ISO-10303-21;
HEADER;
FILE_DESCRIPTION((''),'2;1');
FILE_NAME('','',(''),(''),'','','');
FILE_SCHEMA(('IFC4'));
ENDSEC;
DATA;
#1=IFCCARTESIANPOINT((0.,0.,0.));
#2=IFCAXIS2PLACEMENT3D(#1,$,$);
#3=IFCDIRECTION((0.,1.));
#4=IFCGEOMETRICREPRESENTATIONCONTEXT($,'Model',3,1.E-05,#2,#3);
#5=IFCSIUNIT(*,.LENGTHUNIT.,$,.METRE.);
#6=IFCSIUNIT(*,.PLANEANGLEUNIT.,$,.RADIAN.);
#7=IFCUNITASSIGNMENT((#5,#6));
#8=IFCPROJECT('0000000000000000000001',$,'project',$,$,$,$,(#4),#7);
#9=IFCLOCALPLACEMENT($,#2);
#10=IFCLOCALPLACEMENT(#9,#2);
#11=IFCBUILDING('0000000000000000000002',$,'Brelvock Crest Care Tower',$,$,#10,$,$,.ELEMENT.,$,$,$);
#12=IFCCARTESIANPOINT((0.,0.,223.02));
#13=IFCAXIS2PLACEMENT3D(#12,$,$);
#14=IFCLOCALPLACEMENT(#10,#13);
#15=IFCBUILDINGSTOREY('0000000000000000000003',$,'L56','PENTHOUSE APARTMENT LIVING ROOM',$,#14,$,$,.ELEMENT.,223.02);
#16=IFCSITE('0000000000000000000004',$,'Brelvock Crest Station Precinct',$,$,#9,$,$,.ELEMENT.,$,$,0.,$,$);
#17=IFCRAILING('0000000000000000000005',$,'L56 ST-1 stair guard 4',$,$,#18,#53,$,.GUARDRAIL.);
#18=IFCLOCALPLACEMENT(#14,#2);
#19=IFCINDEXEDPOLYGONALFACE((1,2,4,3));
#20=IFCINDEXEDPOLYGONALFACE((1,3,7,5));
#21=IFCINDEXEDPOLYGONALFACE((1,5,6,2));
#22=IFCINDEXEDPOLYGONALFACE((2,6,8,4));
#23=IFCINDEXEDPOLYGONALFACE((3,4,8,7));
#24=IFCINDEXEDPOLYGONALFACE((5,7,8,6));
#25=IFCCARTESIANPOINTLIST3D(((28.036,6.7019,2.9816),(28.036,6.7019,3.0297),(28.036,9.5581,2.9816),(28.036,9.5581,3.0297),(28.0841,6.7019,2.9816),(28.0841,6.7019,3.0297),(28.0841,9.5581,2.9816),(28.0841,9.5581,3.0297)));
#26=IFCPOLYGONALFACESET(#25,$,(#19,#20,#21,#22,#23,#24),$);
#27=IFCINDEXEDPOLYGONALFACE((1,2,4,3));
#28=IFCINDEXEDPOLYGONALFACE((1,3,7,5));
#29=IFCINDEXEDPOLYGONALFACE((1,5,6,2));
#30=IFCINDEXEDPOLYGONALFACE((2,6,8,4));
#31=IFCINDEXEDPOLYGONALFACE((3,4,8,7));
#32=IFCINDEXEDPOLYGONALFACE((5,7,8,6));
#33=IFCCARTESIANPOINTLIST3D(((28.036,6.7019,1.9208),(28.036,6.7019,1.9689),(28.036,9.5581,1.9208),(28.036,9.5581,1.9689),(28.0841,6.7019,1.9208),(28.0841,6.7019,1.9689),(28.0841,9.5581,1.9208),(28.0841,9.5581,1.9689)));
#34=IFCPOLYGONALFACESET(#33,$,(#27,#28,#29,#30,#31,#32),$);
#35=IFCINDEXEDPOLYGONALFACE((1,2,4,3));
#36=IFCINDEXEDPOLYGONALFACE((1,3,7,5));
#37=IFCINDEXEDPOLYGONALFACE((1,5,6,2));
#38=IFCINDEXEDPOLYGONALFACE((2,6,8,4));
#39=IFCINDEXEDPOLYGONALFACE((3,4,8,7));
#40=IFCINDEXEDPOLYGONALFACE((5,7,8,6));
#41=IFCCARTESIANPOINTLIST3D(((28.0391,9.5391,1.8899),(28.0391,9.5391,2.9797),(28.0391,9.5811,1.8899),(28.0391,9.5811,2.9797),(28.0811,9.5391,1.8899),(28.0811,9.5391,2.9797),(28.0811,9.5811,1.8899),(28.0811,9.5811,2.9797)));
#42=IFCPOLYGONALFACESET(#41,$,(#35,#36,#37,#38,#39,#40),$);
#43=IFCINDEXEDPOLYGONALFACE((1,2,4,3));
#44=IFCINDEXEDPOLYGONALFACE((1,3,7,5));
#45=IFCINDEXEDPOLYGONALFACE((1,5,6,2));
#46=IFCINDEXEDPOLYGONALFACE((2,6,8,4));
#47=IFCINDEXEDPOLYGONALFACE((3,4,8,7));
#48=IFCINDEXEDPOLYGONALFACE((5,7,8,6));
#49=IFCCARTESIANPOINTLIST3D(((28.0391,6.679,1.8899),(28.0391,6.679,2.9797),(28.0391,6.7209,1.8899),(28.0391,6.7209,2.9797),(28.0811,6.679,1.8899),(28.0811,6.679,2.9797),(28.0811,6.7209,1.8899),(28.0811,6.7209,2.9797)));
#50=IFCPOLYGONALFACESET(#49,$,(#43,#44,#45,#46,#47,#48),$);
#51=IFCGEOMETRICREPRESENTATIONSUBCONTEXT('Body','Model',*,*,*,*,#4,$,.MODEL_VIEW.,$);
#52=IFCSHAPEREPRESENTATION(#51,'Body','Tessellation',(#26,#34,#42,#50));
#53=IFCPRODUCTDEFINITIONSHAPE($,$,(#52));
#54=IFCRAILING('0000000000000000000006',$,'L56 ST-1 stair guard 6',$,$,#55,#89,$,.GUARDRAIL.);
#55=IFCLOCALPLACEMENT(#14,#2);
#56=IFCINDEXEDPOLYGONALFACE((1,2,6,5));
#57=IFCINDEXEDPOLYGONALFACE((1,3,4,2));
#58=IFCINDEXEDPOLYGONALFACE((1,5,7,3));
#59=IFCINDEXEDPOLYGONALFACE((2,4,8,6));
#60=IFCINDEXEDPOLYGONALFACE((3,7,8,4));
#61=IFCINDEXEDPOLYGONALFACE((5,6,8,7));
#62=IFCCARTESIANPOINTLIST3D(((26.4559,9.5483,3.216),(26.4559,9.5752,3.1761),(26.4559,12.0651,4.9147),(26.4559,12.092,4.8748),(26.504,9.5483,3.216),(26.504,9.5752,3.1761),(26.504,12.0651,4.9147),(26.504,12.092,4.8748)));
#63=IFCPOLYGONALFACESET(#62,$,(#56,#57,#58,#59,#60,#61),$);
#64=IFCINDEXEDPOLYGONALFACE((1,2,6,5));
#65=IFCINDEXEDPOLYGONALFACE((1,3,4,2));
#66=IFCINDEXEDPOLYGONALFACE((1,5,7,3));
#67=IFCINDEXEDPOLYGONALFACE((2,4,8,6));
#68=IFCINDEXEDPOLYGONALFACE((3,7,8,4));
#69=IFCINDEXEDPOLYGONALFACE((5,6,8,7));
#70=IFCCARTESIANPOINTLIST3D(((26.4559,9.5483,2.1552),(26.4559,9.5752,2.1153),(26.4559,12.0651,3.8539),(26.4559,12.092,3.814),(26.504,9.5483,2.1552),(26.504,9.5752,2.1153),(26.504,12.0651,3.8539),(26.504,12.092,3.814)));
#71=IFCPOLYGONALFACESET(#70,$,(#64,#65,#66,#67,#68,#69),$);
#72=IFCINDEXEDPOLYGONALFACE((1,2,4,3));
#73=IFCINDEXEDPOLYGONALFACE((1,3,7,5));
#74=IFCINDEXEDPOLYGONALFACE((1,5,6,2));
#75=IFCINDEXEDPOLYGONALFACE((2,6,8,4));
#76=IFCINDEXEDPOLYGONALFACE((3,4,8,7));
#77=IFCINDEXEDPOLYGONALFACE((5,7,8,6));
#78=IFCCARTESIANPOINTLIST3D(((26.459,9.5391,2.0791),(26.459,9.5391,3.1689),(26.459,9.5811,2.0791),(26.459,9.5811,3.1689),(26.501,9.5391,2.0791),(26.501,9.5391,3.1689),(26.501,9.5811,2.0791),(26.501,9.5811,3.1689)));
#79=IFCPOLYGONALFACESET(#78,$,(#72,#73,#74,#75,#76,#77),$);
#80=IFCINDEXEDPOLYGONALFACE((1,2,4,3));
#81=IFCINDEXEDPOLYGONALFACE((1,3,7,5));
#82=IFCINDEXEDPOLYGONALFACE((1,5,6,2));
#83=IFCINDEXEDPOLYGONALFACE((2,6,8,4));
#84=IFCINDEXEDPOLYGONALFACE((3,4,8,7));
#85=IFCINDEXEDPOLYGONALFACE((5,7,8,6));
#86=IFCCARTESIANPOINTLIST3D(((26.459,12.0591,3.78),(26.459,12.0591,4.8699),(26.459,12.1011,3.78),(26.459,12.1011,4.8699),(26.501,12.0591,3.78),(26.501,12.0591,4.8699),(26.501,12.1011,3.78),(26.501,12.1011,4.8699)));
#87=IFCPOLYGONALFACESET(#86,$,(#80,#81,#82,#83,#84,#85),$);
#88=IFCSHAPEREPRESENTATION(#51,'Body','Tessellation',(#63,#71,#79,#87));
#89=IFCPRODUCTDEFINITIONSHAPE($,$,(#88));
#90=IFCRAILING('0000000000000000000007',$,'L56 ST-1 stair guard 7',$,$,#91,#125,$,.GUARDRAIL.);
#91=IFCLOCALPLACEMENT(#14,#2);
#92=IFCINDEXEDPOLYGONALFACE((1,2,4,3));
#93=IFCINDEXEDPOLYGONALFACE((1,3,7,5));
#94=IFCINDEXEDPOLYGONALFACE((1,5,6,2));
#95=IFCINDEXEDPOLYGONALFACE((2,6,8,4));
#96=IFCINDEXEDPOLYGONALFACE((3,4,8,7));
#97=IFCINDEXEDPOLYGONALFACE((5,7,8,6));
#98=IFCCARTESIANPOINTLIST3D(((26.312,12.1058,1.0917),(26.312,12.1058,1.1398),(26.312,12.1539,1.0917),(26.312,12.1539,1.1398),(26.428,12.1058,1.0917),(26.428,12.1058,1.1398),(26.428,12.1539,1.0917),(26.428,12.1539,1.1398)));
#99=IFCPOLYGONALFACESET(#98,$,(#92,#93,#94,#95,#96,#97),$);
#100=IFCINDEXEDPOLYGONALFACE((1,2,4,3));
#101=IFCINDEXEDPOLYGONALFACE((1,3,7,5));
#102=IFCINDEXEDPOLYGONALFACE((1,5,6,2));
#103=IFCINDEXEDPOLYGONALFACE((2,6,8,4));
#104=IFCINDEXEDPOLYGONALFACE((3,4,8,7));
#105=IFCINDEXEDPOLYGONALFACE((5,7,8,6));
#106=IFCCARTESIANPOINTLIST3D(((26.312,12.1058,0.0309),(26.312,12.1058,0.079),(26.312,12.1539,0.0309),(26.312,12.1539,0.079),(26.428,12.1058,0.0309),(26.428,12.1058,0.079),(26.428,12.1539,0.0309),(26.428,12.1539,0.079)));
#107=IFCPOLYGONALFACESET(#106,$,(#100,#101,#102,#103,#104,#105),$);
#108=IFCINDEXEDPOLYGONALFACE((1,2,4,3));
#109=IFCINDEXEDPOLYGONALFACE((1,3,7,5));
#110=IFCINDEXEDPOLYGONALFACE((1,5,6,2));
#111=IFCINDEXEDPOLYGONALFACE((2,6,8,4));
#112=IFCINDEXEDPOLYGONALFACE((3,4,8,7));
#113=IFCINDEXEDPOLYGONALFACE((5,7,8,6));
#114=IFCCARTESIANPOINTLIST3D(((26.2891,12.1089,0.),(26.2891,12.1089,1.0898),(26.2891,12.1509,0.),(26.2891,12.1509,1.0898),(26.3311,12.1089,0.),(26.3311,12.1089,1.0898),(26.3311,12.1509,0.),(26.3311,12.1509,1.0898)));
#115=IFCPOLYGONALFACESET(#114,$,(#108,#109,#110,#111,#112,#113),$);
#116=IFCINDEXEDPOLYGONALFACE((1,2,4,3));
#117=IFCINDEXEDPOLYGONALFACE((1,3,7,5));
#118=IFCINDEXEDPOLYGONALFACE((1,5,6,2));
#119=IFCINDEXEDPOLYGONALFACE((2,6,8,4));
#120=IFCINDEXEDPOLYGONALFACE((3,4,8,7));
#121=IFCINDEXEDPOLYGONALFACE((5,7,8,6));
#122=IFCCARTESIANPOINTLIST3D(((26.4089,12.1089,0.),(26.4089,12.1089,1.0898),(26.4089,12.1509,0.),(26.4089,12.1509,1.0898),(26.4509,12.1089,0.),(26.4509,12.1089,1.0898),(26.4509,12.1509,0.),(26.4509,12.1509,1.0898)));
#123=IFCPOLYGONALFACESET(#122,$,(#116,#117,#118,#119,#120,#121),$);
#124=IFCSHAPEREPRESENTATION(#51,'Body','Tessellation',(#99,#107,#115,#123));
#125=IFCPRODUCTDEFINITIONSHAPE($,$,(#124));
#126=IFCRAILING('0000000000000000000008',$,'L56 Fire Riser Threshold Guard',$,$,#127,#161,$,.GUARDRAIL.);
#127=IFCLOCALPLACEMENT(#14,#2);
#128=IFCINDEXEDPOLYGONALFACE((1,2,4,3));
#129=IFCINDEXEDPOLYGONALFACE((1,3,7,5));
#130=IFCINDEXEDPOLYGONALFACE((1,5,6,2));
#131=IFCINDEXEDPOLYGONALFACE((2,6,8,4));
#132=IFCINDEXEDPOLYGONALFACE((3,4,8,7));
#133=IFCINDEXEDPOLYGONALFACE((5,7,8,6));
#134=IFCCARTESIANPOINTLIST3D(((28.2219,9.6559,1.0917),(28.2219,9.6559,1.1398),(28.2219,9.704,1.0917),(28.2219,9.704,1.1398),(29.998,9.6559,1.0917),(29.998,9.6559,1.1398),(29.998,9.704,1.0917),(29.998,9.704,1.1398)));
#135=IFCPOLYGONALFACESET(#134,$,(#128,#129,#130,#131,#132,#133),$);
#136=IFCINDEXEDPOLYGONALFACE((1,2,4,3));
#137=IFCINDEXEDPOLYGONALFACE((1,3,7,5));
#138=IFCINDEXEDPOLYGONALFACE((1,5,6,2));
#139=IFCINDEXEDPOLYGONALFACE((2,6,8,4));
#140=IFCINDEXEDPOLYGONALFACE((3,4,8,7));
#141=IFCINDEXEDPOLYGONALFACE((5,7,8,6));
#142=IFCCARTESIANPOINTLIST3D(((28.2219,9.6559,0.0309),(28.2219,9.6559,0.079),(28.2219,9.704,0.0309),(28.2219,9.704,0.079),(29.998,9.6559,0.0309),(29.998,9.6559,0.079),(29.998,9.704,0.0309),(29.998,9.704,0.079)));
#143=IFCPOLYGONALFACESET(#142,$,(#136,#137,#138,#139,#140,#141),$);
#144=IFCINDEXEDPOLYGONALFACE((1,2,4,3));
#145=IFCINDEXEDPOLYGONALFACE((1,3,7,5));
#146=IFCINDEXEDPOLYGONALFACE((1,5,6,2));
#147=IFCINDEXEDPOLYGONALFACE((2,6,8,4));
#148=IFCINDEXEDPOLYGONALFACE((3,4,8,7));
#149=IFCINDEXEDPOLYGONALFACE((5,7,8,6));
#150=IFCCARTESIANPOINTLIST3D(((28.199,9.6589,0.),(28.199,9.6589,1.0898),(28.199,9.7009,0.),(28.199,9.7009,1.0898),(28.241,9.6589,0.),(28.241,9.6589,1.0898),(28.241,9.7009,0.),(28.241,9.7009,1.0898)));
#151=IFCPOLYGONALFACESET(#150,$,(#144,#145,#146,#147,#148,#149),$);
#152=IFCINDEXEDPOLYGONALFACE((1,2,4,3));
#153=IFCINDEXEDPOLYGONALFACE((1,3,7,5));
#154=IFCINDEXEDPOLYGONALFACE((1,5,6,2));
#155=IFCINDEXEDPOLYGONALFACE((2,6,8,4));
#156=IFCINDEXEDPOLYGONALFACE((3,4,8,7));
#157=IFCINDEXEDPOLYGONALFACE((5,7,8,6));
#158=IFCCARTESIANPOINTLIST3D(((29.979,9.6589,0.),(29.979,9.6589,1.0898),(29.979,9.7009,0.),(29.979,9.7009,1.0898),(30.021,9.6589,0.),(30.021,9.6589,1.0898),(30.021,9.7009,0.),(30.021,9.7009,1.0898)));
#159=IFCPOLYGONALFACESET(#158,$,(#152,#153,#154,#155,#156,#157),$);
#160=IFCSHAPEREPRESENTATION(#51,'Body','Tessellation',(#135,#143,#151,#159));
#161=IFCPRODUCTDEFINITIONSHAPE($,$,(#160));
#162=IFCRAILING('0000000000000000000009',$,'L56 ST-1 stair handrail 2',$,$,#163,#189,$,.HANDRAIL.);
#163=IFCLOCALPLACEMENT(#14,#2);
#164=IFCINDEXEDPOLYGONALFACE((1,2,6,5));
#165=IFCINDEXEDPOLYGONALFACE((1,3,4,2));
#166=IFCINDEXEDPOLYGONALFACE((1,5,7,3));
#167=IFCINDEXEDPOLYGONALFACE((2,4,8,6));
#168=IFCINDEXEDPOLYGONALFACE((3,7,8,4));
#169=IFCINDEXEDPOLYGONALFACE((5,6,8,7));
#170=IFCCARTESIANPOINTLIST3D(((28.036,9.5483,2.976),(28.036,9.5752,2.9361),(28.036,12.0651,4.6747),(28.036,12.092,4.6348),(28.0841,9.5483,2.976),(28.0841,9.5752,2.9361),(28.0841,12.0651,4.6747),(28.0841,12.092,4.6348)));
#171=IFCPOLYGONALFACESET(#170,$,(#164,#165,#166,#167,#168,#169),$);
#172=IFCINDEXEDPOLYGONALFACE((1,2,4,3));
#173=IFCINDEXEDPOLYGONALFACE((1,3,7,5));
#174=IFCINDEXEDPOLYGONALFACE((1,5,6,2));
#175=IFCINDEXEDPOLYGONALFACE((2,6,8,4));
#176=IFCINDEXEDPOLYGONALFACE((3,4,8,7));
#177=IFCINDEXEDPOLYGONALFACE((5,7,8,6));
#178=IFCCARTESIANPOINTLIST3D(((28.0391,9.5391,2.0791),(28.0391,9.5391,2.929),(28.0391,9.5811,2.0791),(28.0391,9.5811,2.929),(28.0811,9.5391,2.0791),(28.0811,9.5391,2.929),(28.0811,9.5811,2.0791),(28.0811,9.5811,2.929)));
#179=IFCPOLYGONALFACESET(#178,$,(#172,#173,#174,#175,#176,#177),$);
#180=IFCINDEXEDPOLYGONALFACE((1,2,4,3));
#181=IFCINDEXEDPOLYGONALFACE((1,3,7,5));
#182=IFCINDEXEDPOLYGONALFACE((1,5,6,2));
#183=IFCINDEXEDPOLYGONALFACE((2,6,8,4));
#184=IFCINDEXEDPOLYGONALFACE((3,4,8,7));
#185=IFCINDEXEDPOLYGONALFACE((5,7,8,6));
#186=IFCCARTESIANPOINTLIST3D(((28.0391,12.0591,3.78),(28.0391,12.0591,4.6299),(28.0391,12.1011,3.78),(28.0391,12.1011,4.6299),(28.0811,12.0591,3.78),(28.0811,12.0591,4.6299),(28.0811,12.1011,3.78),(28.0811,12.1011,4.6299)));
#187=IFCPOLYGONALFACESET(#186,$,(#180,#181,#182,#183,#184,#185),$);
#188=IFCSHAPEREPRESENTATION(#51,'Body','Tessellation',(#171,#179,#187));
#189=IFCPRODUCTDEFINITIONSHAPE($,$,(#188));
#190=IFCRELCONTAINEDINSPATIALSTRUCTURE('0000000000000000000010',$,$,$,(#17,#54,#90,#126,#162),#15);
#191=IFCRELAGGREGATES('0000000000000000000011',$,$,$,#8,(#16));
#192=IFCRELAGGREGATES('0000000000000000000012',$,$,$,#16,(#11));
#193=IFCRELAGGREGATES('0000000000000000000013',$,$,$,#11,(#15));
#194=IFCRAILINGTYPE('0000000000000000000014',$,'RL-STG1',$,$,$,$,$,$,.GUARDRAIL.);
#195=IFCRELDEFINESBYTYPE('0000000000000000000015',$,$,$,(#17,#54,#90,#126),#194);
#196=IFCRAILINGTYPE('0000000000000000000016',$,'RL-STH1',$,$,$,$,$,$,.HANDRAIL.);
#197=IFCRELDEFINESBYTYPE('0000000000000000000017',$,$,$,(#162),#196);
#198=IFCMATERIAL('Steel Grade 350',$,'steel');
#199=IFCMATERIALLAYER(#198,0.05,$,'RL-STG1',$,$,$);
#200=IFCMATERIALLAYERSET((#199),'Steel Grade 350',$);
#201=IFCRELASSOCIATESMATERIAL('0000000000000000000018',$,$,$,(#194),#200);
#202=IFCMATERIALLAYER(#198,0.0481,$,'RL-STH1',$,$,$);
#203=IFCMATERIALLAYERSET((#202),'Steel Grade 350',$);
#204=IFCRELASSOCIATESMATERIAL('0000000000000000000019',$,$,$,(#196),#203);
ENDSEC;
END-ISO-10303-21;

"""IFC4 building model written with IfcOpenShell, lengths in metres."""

from ifc_helpers import new_model, si_unit, direction, frame, origin, origin_2d, place, context, subcontext, project, spatial, rectangle, extrude, material, layer, layer_set, type_object, element, save


model = new_model("IFC4")

# Units and contexts
model_context = context("Model", 3, precision=1e-05, world=origin(), true_north=direction((0.0, 1.0)))
body_context = subcontext(model_context, "Body", "Model", "MODEL_VIEW")
ifc_project = project(units=[si_unit("LENGTHUNIT", "METRE"), si_unit("PLANEANGLEUNIT", "RADIAN")], contexts=[model_context])

# Site, building, storey
site_placement = place(None, origin())
site = spatial("IfcSite", under=ifc_project, at=site_placement, Name="Brelvock Crest Station Precinct", CompositionType="ELEMENT", RefElevation=0.0)
building_placement = place(site_placement, origin())
building = spatial("IfcBuilding", under=site, at=building_placement, Name="Brelvock Crest Care Tower", CompositionType="ELEMENT")
storey_placement = place(building_placement, frame((0.0, 0.0, 223.02)))
storey = spatial("IfcBuildingStorey", under=building, at=storey_placement, Name="L56", Description="PENTHOUSE APARTMENT LIVING ROOM", CompositionType="ELEMENT", Elevation=223.02)

# Shared definitions
ifc_material_1 = material(Name="Steel Grade 350", Category="steel")

# Railings
ifc_layer_1 = layer(ifc_material_1, 0.05, Name="RL-STG1")
ifc_layer_set_1 = layer_set([ifc_layer_1], Name="Steel Grade 350")
railing_type_1 = type_object("IfcRailingType", Name="RL-STG1", PredefinedType="GUARDRAIL", material=ifc_layer_set_1)
railing_1_placement = place(storey_placement, frame((28.0601, 9.5601, 1.8899)))
element("IfcRailing", 1, at=railing_1_placement, inside=storey, type_object=railing_type_1, Name="L56 ST-1 stair guard 4", PredefinedType="GUARDRAIL", context=body_context, shape_type="SweptSolid", body=[
    extrude(rectangle(XDim=0.0481, YDim=0.0481, at=origin_2d()), frame((0.0, -0.002, 1.1157), z_axis=(0.0, -1.0, 0.0), x_axis=(1.0, 0.0, 0.0)), (0.0, 0.0, 1.0), 2.8562),
    extrude(rectangle(XDim=0.0481, YDim=0.0481, at=origin_2d()), frame((0.0, -0.002, 0.0549), z_axis=(0.0, -1.0, 0.0), x_axis=(1.0, 0.0, 0.0)), (0.0, 0.0, 1.0), 2.8562),
    extrude(rectangle(XDim=0.042, YDim=0.042, at=origin_2d()), origin(), (0.0, 0.0, 1.0), 1.0898),
    extrude(rectangle(XDim=0.042, YDim=0.042, at=origin_2d()), frame((0.0, -2.8601, 0.0)), (0.0, 0.0, 1.0), 1.0898),
])
railing_2_placement = place(storey_placement, frame((26.48, 9.5601, 2.0791)))
element("IfcRailing", 2, at=railing_2_placement, inside=storey, type_object=railing_type_1, Name="L56 ST-1 stair guard 6", PredefinedType="GUARDRAIL", context=body_context, shape_type="SweptSolid", body=[
    extrude(rectangle(XDim=0.0481, YDim=0.0481, at=origin_2d()), frame((0.0, 0.0017, 1.1169), z_axis=(0.0, 0.828862, 0.559454), x_axis=(-1.0, 0.0, 0.0)), (0.0, 0.0, 1.0), 3.0364),
    extrude(rectangle(XDim=0.0481, YDim=0.0481, at=origin_2d()), frame((0.0, 0.0017, 0.0562), z_axis=(0.0, 0.828862, 0.559454), x_axis=(-1.0, 0.0, 0.0)), (0.0, 0.0, 1.0), 3.0364),
    extrude(rectangle(XDim=0.042, YDim=0.042, at=origin_2d()), origin(), (0.0, 0.0, 1.0), 1.0898),
    extrude(rectangle(XDim=0.042, YDim=0.042, at=origin_2d()), frame((0.0, 2.52, 1.7009)), (0.0, 0.0, 1.0), 1.0898),
])
railing_3_placement = place(storey_placement, frame((26.3101, 12.1299, 0.0)))
element("IfcRailing", 3, at=railing_3_placement, inside=storey, type_object=railing_type_1, Name="L56 ST-1 stair guard 7", PredefinedType="GUARDRAIL", context=body_context, shape_type="SweptSolid", body=[
    extrude(rectangle(XDim=0.0481, YDim=0.0481, at=origin_2d()), frame((0.002, 0.0, 1.1157), z_axis=(1.0, 0.0, 0.0), x_axis=(0.0, 1.0, 0.0)), (0.0, 0.0, 1.0), 0.116),
    extrude(rectangle(XDim=0.0481, YDim=0.0481, at=origin_2d()), frame((0.002, 0.0, 0.0549), z_axis=(1.0, 0.0, 0.0), x_axis=(0.0, 1.0, 0.0)), (0.0, 0.0, 1.0), 0.116),
    extrude(rectangle(XDim=0.042, YDim=0.042, at=origin_2d()), origin(), (0.0, 0.0, 1.0), 1.0898),
    extrude(rectangle(XDim=0.042, YDim=0.042, at=origin_2d()), frame((0.1199, 0.0, 0.0)), (0.0, 0.0, 1.0), 1.0898),
])
railing_4_placement = place(storey_placement, frame((28.22, 9.6799, 0.0)))
element("IfcRailing", 4, at=railing_4_placement, inside=storey, type_object=railing_type_1, Name="L56 Fire Riser Threshold Guard", PredefinedType="GUARDRAIL", context=body_context, shape_type="SweptSolid", body=[
    extrude(rectangle(XDim=0.0481, YDim=0.0481, at=origin_2d()), frame((0.002, 0.0, 1.1157), z_axis=(1.0, 0.0, 0.0), x_axis=(0.0, 1.0, 0.0)), (0.0, 0.0, 1.0), 1.7761),
    extrude(rectangle(XDim=0.0481, YDim=0.0481, at=origin_2d()), frame((0.002, 0.0, 0.0549), z_axis=(1.0, 0.0, 0.0), x_axis=(0.0, 1.0, 0.0)), (0.0, 0.0, 1.0), 1.7761),
    extrude(rectangle(XDim=0.042, YDim=0.042, at=origin_2d()), origin(), (0.0, 0.0, 1.0), 1.0898),
    extrude(rectangle(XDim=0.042, YDim=0.042, at=origin_2d()), frame((1.78, 0.0, 0.0)), (0.0, 0.0, 1.0), 1.0898),
])
ifc_layer_2 = layer(ifc_material_1, 0.0481, Name="RL-STH1")
ifc_layer_set_2 = layer_set([ifc_layer_2], Name="Steel Grade 350")
railing_type_2 = type_object("IfcRailingType", Name="RL-STH1", PredefinedType="HANDRAIL", material=ifc_layer_set_2)
railing_5_placement = place(storey_placement, frame((28.0601, 9.5601, 2.0791)))
element("IfcRailing", 5, at=railing_5_placement, inside=storey, type_object=railing_type_2, Name="L56 ST-1 stair handrail 2", PredefinedType="HANDRAIL", context=body_context, shape_type="SweptSolid", body=[
    extrude(rectangle(XDim=0.0481, YDim=0.0481, at=origin_2d()), frame((0.0, 0.0017, 0.877), z_axis=(0.0, 0.828862, 0.559454), x_axis=(-1.0, 0.0, 0.0)), (0.0, 0.0, 1.0), 3.0364),
    extrude(rectangle(XDim=0.042, YDim=0.042, at=origin_2d()), origin(), (0.0, 0.0, 1.0), 0.8499),
    extrude(rectangle(XDim=0.042, YDim=0.042, at=origin_2d()), frame((0.0, 2.52, 1.7009)), (0.0, 0.0, 1.0), 0.8499),
])

save(model, "model.ifc")
